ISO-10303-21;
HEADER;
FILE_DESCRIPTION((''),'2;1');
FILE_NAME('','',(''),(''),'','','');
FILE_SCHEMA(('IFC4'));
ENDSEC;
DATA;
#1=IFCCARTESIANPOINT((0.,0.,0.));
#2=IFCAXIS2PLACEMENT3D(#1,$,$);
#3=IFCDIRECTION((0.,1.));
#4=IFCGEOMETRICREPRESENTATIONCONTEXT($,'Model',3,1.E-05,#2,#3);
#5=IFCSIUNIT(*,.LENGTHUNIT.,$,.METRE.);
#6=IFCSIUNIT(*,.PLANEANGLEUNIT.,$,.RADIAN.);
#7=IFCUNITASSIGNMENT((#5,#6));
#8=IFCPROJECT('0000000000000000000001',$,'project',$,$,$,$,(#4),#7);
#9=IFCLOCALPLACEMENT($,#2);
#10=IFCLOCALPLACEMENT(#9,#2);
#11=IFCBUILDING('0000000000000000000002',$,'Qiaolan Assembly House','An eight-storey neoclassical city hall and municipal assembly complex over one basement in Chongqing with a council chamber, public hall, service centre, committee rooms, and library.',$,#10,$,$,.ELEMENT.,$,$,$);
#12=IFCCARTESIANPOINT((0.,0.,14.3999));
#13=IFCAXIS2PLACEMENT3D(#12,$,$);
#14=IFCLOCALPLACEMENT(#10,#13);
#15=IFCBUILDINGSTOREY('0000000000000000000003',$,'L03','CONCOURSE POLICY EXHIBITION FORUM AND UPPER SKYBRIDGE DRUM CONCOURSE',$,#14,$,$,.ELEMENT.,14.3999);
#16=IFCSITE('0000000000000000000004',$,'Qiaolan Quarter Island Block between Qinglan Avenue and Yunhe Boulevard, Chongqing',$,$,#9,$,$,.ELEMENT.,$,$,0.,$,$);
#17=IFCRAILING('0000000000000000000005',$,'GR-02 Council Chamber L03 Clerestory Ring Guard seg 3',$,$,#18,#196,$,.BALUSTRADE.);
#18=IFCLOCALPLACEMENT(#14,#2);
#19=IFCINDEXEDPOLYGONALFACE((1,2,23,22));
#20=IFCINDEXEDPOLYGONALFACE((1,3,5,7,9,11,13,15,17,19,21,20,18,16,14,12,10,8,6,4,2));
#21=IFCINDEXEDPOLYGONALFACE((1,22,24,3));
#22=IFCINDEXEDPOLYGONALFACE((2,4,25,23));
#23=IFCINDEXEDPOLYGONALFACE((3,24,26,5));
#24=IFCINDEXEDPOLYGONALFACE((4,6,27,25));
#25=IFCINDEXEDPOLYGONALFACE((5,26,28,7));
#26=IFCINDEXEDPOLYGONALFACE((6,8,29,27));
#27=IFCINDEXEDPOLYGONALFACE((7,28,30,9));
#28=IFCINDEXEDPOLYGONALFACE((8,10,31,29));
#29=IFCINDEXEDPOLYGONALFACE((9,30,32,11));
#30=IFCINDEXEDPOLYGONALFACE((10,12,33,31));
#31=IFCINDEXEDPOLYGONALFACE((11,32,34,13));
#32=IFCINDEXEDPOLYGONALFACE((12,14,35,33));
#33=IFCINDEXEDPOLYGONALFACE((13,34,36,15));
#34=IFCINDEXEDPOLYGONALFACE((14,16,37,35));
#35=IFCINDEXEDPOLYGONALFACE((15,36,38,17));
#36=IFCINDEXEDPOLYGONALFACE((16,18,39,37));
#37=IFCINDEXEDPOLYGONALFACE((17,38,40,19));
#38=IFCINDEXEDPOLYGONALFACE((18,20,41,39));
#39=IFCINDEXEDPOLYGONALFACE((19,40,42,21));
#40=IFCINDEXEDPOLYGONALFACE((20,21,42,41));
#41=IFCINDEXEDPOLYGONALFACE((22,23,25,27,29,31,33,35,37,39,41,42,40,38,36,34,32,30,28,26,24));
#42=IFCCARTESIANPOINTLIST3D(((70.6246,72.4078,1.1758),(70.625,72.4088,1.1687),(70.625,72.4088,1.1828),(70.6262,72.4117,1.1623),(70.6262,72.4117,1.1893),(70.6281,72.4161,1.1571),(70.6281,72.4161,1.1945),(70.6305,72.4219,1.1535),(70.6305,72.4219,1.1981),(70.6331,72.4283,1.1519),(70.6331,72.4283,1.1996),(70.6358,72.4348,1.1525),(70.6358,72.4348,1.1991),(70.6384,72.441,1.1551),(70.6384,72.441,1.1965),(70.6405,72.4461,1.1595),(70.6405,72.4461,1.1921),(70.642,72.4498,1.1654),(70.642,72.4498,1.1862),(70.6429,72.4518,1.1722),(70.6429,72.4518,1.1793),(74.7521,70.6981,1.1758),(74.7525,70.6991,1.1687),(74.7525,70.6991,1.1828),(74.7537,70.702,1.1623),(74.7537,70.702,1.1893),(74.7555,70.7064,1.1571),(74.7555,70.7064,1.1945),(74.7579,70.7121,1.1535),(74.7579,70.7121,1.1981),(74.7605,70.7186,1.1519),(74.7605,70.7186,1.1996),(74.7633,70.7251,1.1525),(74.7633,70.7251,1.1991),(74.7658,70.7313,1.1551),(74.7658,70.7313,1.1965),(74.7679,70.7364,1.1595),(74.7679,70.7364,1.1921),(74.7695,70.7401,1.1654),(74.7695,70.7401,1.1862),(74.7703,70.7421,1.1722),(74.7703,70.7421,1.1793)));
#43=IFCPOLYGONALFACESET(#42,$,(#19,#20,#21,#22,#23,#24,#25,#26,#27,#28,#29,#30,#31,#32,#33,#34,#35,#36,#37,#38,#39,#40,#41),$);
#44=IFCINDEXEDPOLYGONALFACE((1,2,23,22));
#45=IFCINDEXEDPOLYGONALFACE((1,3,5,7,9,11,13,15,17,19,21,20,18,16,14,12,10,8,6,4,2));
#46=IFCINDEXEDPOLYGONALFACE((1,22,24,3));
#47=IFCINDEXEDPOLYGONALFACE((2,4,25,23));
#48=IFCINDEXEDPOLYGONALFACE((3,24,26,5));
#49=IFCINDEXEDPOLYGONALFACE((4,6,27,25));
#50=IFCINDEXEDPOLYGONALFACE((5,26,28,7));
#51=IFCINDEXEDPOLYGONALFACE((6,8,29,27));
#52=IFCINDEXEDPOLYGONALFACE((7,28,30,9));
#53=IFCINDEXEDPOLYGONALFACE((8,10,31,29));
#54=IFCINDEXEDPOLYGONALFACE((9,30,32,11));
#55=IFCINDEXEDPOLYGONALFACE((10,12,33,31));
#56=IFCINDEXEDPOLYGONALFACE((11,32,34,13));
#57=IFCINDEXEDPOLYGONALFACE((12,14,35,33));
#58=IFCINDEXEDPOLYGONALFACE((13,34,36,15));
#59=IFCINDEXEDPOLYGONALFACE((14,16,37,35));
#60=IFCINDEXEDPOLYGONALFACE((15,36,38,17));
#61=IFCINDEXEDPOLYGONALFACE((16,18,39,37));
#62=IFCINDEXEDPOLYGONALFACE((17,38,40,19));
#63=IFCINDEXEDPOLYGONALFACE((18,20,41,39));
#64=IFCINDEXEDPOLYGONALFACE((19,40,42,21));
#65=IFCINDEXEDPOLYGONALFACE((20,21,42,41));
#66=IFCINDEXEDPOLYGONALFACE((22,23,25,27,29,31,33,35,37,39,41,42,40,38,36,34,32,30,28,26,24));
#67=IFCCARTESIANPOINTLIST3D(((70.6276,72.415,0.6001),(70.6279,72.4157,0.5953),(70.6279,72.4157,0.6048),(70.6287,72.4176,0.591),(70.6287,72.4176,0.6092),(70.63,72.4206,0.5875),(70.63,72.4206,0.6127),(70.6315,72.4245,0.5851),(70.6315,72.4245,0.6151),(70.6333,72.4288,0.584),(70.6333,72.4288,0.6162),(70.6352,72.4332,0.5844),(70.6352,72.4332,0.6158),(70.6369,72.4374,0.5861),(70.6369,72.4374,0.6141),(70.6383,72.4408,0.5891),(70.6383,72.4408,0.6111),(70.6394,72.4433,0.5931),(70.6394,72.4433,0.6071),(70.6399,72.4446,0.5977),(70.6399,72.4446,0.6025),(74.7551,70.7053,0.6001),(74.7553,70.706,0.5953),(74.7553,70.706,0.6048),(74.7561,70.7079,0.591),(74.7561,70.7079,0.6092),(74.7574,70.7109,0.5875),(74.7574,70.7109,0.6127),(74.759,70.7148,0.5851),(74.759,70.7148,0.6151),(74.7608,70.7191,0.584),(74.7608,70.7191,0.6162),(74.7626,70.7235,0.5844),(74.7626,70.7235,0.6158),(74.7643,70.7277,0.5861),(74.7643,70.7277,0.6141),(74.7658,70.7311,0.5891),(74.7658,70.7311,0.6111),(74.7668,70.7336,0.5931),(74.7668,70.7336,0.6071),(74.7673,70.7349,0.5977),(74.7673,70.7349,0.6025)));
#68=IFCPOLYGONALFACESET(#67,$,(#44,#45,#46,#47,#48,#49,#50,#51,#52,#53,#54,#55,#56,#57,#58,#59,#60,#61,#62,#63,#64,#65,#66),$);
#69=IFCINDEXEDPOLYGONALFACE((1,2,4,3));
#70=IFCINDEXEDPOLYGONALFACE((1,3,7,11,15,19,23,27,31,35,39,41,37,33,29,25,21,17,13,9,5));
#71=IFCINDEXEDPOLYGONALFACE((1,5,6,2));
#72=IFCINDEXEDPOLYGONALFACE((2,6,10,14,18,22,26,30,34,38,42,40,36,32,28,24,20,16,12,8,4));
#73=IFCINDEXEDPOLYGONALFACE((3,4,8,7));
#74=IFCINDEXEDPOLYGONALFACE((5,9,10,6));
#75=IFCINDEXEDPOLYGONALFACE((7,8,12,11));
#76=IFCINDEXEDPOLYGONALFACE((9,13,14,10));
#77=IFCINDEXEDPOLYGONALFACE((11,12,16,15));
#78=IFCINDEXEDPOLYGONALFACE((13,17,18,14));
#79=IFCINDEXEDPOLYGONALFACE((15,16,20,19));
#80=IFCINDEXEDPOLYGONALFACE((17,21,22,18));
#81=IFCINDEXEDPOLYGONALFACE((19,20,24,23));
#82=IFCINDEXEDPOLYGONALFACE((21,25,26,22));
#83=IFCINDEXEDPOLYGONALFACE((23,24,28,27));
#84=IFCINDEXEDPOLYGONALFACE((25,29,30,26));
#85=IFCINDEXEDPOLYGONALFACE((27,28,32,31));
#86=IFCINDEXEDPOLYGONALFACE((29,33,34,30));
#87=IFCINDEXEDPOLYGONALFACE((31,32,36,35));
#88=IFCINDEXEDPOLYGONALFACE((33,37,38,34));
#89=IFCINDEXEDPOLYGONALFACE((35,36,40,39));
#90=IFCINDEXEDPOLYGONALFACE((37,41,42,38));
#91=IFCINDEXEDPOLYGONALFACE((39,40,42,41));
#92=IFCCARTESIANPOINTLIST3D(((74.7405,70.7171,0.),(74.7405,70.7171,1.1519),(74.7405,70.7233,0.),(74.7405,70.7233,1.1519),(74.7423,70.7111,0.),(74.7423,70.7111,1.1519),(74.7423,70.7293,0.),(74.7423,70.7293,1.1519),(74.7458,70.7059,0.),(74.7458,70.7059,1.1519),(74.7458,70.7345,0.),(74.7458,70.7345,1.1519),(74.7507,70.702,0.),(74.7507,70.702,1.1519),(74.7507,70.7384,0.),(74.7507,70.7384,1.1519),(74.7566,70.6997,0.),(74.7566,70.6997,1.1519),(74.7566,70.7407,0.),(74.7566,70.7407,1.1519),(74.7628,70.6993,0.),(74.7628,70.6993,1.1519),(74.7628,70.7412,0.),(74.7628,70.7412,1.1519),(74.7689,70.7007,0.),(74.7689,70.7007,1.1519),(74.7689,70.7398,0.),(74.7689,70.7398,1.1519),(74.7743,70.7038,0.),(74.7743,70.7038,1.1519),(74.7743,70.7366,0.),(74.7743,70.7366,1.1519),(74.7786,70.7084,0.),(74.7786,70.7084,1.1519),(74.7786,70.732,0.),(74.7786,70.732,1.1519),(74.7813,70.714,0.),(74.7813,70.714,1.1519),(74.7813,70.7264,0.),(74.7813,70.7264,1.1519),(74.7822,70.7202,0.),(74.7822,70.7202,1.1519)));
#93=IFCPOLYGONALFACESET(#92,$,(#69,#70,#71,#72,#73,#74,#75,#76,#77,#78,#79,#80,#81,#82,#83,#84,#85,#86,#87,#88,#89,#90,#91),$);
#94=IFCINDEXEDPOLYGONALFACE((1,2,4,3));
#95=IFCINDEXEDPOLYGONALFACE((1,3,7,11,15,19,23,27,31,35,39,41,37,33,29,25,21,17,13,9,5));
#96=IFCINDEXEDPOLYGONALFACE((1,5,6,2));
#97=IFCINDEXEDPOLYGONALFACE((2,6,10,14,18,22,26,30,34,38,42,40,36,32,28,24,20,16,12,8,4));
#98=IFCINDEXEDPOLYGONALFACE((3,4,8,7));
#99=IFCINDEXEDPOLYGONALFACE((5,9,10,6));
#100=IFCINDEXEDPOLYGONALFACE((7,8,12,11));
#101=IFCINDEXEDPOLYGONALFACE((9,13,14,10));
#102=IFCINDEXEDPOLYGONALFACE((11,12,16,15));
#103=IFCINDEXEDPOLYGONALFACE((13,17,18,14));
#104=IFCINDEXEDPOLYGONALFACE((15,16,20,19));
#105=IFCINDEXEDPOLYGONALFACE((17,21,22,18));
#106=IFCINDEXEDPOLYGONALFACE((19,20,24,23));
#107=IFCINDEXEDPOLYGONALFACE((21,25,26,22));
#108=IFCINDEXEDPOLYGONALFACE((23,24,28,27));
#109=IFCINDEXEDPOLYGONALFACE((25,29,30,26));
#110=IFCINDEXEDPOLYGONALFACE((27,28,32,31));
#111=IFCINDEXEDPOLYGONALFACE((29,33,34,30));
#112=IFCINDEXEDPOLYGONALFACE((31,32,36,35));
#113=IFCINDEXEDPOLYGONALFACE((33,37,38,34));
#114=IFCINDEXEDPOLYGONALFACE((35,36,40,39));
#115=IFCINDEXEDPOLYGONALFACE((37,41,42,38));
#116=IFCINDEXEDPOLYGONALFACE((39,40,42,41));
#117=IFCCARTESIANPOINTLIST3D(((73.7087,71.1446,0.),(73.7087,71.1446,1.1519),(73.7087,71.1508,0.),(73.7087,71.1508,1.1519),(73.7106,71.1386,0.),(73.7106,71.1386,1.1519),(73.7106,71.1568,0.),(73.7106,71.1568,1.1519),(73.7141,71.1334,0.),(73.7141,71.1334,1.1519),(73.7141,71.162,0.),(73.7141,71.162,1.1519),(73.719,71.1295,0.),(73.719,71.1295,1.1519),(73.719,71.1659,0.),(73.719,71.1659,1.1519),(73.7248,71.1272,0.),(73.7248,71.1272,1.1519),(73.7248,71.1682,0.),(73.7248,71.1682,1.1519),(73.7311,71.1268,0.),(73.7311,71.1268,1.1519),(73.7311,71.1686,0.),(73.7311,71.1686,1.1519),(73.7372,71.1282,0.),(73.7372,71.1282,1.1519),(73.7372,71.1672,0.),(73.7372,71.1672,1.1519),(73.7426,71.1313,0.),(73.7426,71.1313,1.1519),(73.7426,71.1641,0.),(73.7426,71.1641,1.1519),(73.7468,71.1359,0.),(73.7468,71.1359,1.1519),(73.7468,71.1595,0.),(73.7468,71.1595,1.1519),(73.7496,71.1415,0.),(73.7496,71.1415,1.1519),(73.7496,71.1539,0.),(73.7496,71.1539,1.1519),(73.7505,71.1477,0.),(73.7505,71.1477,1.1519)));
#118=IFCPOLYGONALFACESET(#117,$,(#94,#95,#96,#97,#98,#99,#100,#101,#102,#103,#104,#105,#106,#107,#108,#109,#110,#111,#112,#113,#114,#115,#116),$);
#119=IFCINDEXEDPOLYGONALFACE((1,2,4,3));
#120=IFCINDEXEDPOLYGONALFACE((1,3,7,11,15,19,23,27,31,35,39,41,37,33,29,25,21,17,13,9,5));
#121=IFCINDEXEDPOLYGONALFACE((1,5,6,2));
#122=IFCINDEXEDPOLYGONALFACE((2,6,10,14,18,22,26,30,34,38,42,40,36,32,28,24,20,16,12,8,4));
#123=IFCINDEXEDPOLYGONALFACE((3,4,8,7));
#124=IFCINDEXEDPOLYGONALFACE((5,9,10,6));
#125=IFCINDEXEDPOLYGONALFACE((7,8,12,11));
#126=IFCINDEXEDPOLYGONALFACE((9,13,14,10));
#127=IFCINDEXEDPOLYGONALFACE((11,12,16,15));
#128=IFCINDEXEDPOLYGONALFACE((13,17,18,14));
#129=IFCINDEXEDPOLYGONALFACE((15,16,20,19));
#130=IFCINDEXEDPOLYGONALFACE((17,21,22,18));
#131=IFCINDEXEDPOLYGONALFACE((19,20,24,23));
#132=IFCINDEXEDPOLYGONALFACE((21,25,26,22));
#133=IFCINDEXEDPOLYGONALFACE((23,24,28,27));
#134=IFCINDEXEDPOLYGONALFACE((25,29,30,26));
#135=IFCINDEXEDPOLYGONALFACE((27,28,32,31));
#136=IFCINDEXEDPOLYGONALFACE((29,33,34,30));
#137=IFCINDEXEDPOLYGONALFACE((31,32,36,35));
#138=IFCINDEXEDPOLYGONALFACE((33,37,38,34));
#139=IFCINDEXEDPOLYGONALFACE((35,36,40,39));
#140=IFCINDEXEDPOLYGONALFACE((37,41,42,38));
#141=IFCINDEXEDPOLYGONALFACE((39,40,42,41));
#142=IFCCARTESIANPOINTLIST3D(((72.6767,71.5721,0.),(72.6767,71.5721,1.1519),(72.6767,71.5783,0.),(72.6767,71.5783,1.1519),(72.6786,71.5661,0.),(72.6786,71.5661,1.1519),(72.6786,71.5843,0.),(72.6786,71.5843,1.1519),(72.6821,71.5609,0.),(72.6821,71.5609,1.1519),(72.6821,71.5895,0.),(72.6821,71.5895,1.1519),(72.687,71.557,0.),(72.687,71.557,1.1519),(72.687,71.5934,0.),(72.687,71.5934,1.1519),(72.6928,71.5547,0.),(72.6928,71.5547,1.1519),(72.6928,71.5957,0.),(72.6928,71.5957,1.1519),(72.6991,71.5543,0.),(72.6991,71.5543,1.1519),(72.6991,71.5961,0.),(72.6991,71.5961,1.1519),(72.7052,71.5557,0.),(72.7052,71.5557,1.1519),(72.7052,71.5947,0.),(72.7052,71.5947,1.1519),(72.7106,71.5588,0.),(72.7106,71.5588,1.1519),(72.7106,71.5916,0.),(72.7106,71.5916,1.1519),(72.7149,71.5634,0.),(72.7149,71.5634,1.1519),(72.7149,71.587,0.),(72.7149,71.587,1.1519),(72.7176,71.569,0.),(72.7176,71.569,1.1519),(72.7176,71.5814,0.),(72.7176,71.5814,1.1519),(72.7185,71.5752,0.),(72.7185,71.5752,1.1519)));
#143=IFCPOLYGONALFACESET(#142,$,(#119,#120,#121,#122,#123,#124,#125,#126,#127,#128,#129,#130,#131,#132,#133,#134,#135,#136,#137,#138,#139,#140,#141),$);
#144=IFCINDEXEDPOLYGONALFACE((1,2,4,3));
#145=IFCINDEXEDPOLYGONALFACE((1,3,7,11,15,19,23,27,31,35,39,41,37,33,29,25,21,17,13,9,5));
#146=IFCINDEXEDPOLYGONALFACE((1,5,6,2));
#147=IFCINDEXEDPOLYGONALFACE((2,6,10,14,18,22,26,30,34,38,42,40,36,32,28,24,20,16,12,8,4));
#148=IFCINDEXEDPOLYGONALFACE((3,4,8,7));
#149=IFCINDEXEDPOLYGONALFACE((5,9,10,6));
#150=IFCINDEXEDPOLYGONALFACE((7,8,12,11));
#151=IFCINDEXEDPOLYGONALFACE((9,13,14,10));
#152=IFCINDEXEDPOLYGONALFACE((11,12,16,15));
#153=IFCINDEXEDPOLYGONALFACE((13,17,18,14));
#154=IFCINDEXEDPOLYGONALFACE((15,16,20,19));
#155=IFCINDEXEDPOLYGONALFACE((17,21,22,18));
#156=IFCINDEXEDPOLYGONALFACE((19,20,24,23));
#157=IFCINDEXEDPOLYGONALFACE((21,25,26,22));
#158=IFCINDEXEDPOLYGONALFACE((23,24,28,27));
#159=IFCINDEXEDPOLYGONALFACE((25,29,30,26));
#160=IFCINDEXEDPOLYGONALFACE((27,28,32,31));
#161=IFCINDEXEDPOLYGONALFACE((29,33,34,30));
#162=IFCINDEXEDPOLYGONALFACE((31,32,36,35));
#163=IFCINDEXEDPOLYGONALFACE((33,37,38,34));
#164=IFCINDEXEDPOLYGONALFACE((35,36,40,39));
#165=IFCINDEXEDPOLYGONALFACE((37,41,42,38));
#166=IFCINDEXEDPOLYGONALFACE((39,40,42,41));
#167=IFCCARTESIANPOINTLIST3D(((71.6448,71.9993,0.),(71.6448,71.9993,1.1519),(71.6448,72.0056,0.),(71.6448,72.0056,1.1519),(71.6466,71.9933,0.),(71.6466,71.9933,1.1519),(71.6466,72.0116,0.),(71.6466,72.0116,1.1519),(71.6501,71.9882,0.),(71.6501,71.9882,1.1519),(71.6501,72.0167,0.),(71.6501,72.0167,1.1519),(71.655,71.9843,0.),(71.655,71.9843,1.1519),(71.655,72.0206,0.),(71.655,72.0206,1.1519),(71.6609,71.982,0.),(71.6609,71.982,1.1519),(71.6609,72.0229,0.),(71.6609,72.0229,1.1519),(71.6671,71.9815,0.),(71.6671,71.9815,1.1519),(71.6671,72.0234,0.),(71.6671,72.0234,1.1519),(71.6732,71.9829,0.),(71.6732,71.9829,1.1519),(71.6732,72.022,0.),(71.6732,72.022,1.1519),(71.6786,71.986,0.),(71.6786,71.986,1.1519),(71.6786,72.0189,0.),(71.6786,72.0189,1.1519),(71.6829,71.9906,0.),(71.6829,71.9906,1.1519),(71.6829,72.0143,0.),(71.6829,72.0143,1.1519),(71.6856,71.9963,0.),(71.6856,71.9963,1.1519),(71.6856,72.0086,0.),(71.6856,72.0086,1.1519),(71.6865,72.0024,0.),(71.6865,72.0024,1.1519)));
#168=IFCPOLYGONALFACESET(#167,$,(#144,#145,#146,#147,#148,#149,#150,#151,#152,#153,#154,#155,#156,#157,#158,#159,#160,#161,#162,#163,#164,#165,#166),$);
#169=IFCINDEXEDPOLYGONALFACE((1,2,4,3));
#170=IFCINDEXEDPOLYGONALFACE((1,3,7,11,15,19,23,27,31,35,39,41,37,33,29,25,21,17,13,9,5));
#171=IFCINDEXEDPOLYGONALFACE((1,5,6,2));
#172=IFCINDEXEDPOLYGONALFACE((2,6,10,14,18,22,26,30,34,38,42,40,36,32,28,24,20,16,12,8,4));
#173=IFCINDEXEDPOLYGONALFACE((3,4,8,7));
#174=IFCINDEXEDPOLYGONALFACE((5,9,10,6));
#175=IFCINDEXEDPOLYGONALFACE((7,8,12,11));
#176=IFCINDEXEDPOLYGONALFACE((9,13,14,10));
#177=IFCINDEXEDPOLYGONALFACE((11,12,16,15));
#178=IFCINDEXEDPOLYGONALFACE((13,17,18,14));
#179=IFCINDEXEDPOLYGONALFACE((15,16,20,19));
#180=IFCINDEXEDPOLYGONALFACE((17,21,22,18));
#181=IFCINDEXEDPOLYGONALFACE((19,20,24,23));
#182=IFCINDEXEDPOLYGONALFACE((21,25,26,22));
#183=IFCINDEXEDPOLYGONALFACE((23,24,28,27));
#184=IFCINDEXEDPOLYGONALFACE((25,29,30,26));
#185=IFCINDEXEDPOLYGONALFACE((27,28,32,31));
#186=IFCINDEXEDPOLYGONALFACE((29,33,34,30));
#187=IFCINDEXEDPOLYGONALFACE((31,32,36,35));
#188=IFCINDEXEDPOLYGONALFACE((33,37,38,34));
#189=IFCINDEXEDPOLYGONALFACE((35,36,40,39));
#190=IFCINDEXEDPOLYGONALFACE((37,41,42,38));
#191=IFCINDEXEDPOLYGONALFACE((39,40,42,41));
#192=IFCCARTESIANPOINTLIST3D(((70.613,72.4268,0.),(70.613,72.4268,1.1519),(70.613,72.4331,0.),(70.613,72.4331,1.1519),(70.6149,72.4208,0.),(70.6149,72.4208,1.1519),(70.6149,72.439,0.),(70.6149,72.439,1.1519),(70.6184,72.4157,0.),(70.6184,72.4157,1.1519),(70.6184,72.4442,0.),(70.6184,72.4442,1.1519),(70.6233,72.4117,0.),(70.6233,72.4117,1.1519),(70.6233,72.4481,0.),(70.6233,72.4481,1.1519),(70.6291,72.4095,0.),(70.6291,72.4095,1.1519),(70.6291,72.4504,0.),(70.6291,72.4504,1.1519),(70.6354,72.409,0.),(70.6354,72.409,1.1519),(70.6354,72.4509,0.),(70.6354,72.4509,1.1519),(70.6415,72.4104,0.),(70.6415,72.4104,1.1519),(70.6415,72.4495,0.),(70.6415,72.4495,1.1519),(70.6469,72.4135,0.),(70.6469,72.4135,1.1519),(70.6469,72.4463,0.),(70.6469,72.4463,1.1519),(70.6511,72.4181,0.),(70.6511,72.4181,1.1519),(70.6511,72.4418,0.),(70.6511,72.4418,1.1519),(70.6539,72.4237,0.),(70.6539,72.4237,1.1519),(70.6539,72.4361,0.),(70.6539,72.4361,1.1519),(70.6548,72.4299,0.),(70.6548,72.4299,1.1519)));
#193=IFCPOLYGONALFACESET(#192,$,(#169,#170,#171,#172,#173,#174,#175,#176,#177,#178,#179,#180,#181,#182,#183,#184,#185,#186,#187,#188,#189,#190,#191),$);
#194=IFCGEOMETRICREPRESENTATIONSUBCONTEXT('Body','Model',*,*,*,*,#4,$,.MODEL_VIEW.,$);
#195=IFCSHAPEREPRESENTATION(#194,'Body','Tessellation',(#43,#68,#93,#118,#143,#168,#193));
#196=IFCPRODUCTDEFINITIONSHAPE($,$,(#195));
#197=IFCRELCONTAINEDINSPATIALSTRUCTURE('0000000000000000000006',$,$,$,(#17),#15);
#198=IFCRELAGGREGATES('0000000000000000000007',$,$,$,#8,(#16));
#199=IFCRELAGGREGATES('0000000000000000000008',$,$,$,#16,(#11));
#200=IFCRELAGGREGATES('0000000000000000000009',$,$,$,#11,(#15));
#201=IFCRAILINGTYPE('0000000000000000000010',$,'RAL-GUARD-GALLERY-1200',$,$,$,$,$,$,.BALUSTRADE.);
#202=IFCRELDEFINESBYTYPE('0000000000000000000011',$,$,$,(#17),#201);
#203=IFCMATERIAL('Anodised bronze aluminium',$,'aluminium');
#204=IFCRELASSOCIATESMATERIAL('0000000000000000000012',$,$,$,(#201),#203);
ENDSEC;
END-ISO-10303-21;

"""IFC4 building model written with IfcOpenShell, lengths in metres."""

from ifc_helpers import new_model, si_unit, direction, frame, origin, origin_2d, place, context, subcontext, project, spatial, circle, extrude, material, type_object, element, save


model = new_model("IFC4")

# Units and contexts
model_context = context("Model", 3, precision=1e-05, world=origin(), true_north=direction((0.0, 1.0)))
body_context = subcontext(model_context, "Body", "Model", "MODEL_VIEW")
ifc_project = project(units=[si_unit("LENGTHUNIT", "METRE"), si_unit("PLANEANGLEUNIT", "RADIAN")], contexts=[model_context])

# Site, building, storey
site_placement = place(None, origin())
site = spatial("IfcSite", under=ifc_project, at=site_placement, Name="Qiaolan Quarter Island Block between Qinglan Avenue and Yunhe Boulevard, Chongqing", CompositionType="ELEMENT", RefElevation=0.0)
building_placement = place(site_placement, origin())
building = spatial("IfcBuilding", under=site, at=building_placement, Name="Qiaolan Assembly House", Description="An eight-storey neoclassical city hall and municipal assembly complex over one basement in Chongqing with a council chamber, public hall, service centre, committee rooms, and library.", CompositionType="ELEMENT")
storey_placement = place(building_placement, frame((0.0, 0.0, 14.3999)))
storey = spatial("IfcBuildingStorey", under=building, at=storey_placement, Name="L03", Description="CONCOURSE POLICY EXHIBITION FORUM AND UPPER SKYBRIDGE DRUM CONCOURSE", CompositionType="ELEMENT", Elevation=14.3999)

# Shared definitions
ifc_material_1 = material(Name="Anodised bronze aluminium", Category="aluminium")

# Railing
railing_type = type_object("IfcRailingType", Name="RAL-GUARD-GALLERY-1200", PredefinedType="BALUSTRADE", material=ifc_material_1)
railing_1_placement = place(storey_placement, frame((74.7612, 70.7202, 0.0)))
element("IfcRailing", 1, at=railing_1_placement, inside=storey, type_object=railing_type, Name="GR-02 Council Chamber L03 Clerestory Ring Guard seg 3", PredefinedType="BALUSTRADE", context=body_context, shape_type="SweptSolid", body=[
    extrude(circle(Radius=0.0239, at=origin_2d()), frame((0.0, 0.0, 1.1758), z_axis=(-0.923874, 0.382698, 0.0), x_axis=(-0.382698, -0.923874, 0.0)), (0.0, 0.0, 1.0), 4.4675),
    extrude(circle(Radius=0.0161, at=origin_2d()), frame((0.0, 0.0, 0.6001), z_axis=(-0.923874, 0.382698, 0.0), x_axis=(-0.382698, -0.923874, 0.0)), (0.0, 0.0, 1.0), 4.4675),
    extrude(circle(Radius=0.021, at=origin_2d()), origin(), (0.0, 0.0, 1.0), 1.1519),
    extrude(circle(Radius=0.021, at=origin_2d()), frame((-1.0317, 0.4275, 0.0)), (0.0, 0.0, 1.0), 1.1519),
    extrude(circle(Radius=0.021, at=origin_2d()), frame((-2.0637, 0.855, 0.0)), (0.0, 0.0, 1.0), 1.1519),
    extrude(circle(Radius=0.021, at=origin_2d()), frame((-3.0957, 1.2822, 0.0)), (0.0, 0.0, 1.0), 1.1519),
    extrude(circle(Radius=0.021, at=origin_2d()), frame((-4.1274, 1.7097, 0.0)), (0.0, 0.0, 1.0), 1.1519),
])

save(model, "model.ifc")
